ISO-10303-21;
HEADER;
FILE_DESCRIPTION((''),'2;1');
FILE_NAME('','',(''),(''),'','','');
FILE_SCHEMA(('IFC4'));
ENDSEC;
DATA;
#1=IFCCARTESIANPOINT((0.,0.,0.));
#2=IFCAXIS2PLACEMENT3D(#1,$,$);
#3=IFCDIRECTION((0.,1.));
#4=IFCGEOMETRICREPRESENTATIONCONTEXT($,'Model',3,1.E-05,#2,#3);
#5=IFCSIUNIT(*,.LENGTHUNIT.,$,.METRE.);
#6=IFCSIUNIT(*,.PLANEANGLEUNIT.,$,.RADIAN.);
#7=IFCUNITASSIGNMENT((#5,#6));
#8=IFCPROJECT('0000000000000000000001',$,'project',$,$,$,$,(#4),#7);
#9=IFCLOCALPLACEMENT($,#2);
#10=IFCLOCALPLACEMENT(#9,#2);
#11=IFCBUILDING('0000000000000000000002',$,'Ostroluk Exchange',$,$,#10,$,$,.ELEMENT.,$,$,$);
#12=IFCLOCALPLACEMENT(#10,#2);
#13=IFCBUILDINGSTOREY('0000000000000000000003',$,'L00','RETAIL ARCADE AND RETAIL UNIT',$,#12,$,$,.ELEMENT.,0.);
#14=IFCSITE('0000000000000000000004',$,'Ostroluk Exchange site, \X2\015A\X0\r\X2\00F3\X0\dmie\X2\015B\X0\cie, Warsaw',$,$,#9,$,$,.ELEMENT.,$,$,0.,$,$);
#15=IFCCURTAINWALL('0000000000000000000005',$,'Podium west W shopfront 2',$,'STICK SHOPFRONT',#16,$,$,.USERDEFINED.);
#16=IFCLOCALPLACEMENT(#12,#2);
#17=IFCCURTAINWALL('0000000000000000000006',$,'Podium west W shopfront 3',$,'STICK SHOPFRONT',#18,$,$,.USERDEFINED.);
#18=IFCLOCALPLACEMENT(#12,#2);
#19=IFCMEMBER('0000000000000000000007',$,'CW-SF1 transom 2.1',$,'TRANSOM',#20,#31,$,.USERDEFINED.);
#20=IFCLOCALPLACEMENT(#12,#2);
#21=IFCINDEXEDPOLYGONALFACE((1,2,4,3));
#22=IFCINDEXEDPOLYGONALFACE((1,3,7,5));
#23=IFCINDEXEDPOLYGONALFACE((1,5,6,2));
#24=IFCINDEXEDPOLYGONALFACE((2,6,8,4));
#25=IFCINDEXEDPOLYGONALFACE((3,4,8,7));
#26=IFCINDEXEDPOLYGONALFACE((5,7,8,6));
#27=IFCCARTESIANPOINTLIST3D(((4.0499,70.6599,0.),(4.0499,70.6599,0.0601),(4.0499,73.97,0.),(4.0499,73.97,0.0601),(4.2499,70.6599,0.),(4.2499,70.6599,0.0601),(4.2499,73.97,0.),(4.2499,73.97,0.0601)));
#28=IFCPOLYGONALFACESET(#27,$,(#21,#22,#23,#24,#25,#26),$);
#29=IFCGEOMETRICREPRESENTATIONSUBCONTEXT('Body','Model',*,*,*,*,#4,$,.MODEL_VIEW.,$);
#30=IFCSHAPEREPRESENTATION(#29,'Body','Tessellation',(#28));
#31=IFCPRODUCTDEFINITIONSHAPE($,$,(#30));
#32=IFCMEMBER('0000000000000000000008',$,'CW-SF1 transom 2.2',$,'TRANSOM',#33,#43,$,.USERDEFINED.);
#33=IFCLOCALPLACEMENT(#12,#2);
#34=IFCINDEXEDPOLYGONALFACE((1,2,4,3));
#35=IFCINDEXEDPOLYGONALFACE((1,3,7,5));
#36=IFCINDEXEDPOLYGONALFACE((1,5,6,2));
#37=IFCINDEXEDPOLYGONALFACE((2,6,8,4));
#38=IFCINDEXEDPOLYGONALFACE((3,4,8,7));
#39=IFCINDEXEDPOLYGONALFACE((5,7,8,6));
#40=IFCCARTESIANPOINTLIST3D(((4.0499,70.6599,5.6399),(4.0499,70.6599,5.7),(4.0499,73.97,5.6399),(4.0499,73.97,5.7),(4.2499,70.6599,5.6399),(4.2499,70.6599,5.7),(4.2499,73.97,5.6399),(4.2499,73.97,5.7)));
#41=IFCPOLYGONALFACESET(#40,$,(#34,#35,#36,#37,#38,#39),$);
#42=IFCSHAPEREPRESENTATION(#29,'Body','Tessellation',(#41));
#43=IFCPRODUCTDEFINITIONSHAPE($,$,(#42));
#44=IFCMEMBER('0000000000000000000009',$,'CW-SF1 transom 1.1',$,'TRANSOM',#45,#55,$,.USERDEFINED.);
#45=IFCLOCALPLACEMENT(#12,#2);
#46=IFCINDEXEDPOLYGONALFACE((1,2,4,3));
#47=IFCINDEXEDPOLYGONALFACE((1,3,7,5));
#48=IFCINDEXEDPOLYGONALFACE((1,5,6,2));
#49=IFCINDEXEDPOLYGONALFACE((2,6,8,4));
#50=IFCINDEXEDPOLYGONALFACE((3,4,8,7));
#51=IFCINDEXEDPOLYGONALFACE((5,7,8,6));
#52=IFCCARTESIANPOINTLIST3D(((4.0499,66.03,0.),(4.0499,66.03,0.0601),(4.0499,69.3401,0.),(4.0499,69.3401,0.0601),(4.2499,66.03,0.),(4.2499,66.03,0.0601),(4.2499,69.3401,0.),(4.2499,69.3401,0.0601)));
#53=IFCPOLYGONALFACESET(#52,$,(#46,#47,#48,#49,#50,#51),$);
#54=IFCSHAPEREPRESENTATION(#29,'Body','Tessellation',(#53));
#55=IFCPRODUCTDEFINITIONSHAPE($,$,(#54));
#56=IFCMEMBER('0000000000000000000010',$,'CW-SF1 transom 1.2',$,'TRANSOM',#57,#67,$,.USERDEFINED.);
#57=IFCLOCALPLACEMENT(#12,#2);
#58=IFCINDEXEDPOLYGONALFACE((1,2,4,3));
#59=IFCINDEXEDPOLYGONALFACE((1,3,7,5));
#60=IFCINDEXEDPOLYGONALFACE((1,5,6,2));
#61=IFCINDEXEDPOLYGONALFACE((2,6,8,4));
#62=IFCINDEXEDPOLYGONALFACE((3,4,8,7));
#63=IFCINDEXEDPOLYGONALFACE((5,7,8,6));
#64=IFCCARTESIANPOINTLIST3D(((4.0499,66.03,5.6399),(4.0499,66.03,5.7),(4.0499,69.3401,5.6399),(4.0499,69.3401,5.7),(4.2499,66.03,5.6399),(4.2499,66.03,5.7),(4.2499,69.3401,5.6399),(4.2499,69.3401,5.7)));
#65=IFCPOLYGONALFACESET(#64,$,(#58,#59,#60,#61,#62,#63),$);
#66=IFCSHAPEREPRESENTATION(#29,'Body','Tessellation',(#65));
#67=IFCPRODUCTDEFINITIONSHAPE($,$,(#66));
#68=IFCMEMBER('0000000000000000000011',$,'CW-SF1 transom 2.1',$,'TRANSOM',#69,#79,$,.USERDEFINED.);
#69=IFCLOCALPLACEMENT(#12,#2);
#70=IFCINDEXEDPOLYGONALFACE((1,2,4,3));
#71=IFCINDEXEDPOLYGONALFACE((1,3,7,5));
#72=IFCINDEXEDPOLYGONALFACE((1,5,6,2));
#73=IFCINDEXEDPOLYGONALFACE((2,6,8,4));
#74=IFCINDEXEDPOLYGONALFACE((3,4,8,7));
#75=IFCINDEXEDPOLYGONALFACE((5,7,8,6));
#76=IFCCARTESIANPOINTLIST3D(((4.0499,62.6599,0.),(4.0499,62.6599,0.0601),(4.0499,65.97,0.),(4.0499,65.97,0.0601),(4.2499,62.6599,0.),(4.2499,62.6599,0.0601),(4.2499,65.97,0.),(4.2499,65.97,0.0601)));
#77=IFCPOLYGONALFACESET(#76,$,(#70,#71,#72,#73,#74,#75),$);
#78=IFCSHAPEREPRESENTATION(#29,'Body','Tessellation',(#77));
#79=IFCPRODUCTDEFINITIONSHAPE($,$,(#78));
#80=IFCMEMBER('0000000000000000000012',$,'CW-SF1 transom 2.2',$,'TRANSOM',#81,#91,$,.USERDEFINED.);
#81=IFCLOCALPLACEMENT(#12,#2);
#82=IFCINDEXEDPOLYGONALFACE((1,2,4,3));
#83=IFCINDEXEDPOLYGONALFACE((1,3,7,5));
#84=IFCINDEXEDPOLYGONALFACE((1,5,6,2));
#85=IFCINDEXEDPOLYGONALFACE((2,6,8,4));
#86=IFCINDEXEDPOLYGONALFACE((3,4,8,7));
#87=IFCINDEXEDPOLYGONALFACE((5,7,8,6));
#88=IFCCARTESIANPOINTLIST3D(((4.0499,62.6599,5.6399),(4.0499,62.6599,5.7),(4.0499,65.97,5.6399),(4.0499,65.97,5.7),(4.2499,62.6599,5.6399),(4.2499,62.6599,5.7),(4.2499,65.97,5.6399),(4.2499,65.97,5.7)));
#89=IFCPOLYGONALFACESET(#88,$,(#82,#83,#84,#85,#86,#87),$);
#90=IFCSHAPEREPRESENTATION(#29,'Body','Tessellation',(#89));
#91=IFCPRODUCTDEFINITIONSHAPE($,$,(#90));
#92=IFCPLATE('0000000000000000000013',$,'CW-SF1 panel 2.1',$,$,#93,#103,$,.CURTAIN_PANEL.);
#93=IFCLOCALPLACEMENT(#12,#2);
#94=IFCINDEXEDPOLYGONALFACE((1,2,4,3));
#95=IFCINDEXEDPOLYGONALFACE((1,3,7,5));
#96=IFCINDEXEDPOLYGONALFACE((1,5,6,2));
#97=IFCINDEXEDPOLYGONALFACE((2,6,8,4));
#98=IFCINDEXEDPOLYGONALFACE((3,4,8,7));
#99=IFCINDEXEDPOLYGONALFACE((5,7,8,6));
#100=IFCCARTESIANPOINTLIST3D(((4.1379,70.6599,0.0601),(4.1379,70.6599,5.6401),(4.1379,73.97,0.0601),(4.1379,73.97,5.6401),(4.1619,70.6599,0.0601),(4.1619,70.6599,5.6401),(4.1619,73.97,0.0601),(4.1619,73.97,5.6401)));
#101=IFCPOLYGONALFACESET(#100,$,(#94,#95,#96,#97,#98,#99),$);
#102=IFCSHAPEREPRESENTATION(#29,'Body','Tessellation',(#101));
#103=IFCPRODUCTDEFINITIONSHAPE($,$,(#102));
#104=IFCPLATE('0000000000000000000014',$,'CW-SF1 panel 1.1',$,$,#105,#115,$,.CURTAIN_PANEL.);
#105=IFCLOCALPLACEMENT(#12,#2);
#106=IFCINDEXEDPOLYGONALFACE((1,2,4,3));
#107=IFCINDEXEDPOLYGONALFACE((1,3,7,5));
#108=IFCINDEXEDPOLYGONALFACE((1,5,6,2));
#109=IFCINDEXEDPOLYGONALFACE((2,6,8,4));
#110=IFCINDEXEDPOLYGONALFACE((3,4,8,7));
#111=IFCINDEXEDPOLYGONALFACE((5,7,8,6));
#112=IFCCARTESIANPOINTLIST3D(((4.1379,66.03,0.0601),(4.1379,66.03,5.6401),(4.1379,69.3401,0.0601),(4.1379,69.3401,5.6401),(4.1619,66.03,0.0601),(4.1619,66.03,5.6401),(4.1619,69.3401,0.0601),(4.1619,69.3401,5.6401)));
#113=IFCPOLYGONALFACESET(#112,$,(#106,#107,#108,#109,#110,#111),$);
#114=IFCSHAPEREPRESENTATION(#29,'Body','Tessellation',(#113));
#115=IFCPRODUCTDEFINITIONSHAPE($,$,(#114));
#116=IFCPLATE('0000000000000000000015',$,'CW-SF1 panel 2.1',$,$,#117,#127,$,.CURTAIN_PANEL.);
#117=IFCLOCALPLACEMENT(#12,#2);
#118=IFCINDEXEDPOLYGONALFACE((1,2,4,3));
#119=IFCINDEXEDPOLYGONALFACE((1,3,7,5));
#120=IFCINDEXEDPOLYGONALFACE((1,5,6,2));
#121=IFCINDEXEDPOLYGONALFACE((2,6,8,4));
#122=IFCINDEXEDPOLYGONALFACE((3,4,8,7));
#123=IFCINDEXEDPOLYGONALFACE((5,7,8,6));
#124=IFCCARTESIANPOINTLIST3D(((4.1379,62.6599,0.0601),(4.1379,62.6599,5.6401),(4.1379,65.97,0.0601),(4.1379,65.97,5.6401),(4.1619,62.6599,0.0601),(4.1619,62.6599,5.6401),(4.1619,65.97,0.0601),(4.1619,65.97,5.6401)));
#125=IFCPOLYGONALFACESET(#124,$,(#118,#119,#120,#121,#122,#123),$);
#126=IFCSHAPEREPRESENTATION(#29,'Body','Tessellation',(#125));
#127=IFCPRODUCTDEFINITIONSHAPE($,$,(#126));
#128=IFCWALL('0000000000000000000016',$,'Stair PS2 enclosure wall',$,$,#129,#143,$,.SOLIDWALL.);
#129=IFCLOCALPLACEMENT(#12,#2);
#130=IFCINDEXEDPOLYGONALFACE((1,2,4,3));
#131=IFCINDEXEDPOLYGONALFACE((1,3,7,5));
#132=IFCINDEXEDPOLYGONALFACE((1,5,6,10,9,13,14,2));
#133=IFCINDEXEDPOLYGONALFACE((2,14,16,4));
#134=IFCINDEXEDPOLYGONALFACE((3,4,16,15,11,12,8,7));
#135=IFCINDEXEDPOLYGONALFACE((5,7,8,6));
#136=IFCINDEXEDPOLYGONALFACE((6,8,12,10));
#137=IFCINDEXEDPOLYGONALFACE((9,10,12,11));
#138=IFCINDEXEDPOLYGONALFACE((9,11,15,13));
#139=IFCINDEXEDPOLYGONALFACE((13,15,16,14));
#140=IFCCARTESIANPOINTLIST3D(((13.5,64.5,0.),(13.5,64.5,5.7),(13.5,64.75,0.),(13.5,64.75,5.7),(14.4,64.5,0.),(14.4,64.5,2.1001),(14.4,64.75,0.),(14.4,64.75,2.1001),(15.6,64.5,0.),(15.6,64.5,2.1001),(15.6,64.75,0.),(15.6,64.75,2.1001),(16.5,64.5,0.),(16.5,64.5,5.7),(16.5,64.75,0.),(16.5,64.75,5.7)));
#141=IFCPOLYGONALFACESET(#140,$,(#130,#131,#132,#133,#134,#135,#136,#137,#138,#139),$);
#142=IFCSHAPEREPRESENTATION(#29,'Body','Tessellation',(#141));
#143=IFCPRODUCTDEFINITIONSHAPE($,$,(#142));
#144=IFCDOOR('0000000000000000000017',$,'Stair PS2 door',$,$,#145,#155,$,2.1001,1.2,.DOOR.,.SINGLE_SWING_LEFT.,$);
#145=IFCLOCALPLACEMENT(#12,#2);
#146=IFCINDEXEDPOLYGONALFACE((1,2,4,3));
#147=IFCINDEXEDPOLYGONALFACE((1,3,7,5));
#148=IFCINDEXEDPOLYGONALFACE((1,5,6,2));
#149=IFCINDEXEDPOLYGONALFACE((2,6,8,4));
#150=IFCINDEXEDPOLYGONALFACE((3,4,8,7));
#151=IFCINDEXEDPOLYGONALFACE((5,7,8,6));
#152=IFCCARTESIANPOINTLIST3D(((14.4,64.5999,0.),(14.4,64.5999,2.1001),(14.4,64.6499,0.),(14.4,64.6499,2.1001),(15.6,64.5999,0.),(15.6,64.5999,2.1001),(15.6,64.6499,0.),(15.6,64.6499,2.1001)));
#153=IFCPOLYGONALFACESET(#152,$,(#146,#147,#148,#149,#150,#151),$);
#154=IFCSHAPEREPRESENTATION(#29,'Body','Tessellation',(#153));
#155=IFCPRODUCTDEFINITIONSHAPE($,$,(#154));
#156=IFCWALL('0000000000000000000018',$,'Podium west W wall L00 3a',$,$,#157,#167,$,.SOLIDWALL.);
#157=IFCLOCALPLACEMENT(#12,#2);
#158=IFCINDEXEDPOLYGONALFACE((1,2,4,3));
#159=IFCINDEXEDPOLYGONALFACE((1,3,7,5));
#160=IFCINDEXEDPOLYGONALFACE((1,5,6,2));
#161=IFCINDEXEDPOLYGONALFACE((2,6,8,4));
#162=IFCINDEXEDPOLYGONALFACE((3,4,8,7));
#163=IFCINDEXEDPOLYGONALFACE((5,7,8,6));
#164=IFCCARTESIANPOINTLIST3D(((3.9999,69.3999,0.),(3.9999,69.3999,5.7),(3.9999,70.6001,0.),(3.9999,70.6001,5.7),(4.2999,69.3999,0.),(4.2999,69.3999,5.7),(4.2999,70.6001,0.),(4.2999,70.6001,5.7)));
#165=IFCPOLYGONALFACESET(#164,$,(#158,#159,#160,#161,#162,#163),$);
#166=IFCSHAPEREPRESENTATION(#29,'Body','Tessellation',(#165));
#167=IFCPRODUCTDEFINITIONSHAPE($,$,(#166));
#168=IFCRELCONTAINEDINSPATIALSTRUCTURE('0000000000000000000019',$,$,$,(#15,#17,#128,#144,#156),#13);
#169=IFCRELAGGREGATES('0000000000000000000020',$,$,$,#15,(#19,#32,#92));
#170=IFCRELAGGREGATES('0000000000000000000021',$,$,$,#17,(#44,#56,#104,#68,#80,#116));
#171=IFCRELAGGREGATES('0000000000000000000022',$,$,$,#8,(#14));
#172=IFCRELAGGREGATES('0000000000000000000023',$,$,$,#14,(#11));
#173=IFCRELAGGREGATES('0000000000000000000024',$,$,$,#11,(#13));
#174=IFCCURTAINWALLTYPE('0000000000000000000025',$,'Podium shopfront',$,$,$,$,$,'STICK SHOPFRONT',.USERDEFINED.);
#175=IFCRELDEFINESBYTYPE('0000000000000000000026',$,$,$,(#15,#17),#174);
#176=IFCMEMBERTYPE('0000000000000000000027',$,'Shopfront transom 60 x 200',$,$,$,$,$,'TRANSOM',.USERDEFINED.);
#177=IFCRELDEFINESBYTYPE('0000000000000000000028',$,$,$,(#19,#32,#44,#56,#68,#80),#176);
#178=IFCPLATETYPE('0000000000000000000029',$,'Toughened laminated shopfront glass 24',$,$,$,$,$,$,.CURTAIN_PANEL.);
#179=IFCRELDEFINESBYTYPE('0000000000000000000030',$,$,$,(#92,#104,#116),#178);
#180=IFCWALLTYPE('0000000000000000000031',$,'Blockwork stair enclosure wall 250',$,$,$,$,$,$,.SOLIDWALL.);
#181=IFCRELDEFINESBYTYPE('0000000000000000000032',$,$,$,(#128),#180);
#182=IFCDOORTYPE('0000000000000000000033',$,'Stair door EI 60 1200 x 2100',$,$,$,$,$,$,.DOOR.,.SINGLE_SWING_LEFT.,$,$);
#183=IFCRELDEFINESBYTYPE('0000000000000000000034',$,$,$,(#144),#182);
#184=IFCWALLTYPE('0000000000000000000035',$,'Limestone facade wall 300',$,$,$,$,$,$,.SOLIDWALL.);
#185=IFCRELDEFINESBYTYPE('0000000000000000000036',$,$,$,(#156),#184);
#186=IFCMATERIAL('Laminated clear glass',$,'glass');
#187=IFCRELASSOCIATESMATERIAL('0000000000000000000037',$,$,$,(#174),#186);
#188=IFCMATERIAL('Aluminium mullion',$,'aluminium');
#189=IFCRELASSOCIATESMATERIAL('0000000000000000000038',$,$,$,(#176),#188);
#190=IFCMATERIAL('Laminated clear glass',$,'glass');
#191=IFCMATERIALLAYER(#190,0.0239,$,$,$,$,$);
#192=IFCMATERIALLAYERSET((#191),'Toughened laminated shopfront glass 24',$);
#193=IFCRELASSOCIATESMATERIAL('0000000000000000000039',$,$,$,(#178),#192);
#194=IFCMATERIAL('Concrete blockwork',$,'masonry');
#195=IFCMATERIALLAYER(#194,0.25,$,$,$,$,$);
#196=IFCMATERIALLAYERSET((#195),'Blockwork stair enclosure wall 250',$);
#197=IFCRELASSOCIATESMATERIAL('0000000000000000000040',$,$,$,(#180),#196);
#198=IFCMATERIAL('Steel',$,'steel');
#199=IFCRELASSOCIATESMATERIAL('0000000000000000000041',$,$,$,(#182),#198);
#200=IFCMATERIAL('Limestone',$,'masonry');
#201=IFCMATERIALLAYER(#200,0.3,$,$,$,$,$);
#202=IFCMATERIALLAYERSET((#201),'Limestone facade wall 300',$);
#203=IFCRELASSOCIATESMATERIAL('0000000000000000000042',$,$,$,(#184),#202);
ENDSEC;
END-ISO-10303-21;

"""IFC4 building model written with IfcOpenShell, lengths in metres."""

from ifc_helpers import new_model, si_unit, direction, frame, frame_2d, origin, origin_2d, place, context, subcontext, project, spatial, rectangle, extrude, material, layer, layer_set, material_profile, profile_set, type_object, element, fill, aggregate, save


model = new_model("IFC4")

# Units and contexts
model_context = context("Model", 3, precision=1e-05, world=origin(), true_north=direction((0.0, 1.0)))
body_context = subcontext(model_context, "Body", "Model", "MODEL_VIEW")
ifc_project = project(units=[si_unit("LENGTHUNIT", "METRE"), si_unit("PLANEANGLEUNIT", "RADIAN")], contexts=[model_context])

# Site, building, storey
site_placement = place(None, origin())
site = spatial("IfcSite", under=ifc_project, at=site_placement, Name="Ostroluk Exchange site, Śródmieście, Warsaw", CompositionType="ELEMENT", RefElevation=0.0)
building_placement = place(site_placement, origin())
building = spatial("IfcBuilding", under=site, at=building_placement, Name="Ostroluk Exchange", CompositionType="ELEMENT")
storey_placement = place(building_placement, origin())
storey = spatial("IfcBuildingStorey", under=building, at=storey_placement, Name="L00", Description="RETAIL ARCADE AND RETAIL UNIT", CompositionType="ELEMENT", Elevation=0.0)

# Curtain wall
ifc_material_1 = material(Name="Laminated clear glass", Category="glass")
curtain_wall_type = type_object("IfcCurtainWallType", Name="Podium shopfront", ElementType="STICK SHOPFRONT", PredefinedType="USERDEFINED", material=ifc_material_1)
curtain_wall_1_placement = place(storey_placement, origin())
curtain_wall_1 = element("IfcCurtainWall", 1, at=curtain_wall_1_placement, inside=storey, type_object=curtain_wall_type, Name="Podium west W shopfront 2", ObjectType="STICK SHOPFRONT", PredefinedType="USERDEFINED")

# Curtain wall
curtain_wall_2_placement = place(storey_placement, origin())
curtain_wall_2 = element("IfcCurtainWall", 2, at=curtain_wall_2_placement, inside=storey, type_object=curtain_wall_type, Name="Podium west W shopfront 3", ObjectType="STICK SHOPFRONT", PredefinedType="USERDEFINED")

# Members
ifc_material_2 = material(Name="Aluminium mullion", Category="aluminium")
ifc_material_profile_1 = material_profile(ifc_material_2, rectangle(XDim=0.2, YDim=0.0601, at=origin_2d()), Name="Shopfront transom 60 x 200")
ifc_profile_set_1 = profile_set([ifc_material_profile_1], Name="Aluminium mullion")
member_type_1 = type_object("IfcMemberType", Name="Shopfront transom 60 x 200", ElementType="TRANSOM", PredefinedType="USERDEFINED", material=ifc_profile_set_1)
member_1_placement = place(storey_placement, frame((4.1499, 73.97, 0.03), z_axis=(0.0, -1.0, 0.0), x_axis=(1.0, 0.0, 0.0)))
member_1 = element("IfcMember", 3, at=member_1_placement, type_object=member_type_1, Name="CW-SF1 transom 2.1", ObjectType="TRANSOM", PredefinedType="USERDEFINED", context=body_context, shape_type="SweptSolid", body=[
    extrude(rectangle(XDim=0.2, YDim=0.0601, at=origin_2d()), origin(), (0.0, 0.0, 1.0), 3.3101),
])
member_2_placement = place(storey_placement, frame((4.1499, 73.97, 5.6699), z_axis=(0.0, -1.0, 0.0), x_axis=(1.0, 0.0, 0.0)))
member_2 = element("IfcMember", 4, at=member_2_placement, type_object=member_type_1, Name="CW-SF1 transom 2.2", ObjectType="TRANSOM", PredefinedType="USERDEFINED", context=body_context, shape_type="SweptSolid", body=[
    extrude(rectangle(XDim=0.2, YDim=0.0601, at=origin_2d()), origin(), (0.0, 0.0, 1.0), 3.3101),
])
member_3_placement = place(storey_placement, frame((4.1499, 69.3401, 0.03), z_axis=(0.0, -1.0, 0.0), x_axis=(1.0, 0.0, 0.0)))
member_3 = element("IfcMember", 5, at=member_3_placement, type_object=member_type_1, Name="CW-SF1 transom 1.1", ObjectType="TRANSOM", PredefinedType="USERDEFINED", context=body_context, shape_type="SweptSolid", body=[
    extrude(rectangle(XDim=0.2, YDim=0.0601, at=origin_2d()), origin(), (0.0, 0.0, 1.0), 3.3101),
])
member_4_placement = place(storey_placement, frame((4.1499, 69.3401, 5.6699), z_axis=(0.0, -1.0, 0.0), x_axis=(1.0, 0.0, 0.0)))
member_4 = element("IfcMember", 6, at=member_4_placement, type_object=member_type_1, Name="CW-SF1 transom 1.2", ObjectType="TRANSOM", PredefinedType="USERDEFINED", context=body_context, shape_type="SweptSolid", body=[
    extrude(rectangle(XDim=0.2, YDim=0.0601, at=origin_2d()), origin(), (0.0, 0.0, 1.0), 3.3101),
])
member_5_placement = place(storey_placement, frame((4.1499, 65.97, 0.03), z_axis=(0.0, -1.0, 0.0), x_axis=(1.0, 0.0, 0.0)))
member_5 = element("IfcMember", 7, at=member_5_placement, type_object=member_type_1, Name="CW-SF1 transom 2.1", ObjectType="TRANSOM", PredefinedType="USERDEFINED", context=body_context, shape_type="SweptSolid", body=[
    extrude(rectangle(XDim=0.2, YDim=0.0601, at=origin_2d()), origin(), (0.0, 0.0, 1.0), 3.3101),
])
member_6_placement = place(storey_placement, frame((4.1499, 65.97, 5.6699), z_axis=(0.0, -1.0, 0.0), x_axis=(1.0, 0.0, 0.0)))
member_6 = element("IfcMember", 8, at=member_6_placement, type_object=member_type_1, Name="CW-SF1 transom 2.2", ObjectType="TRANSOM", PredefinedType="USERDEFINED", context=body_context, shape_type="SweptSolid", body=[
    extrude(rectangle(XDim=0.2, YDim=0.0601, at=origin_2d()), origin(), (0.0, 0.0, 1.0), 3.3101),
])

# Plates
ifc_material_3 = material(Name="Laminated clear glass", Category="glass")
ifc_layer_1 = layer(ifc_material_3, 0.0239)
ifc_layer_set_1 = layer_set([ifc_layer_1], Name="Toughened laminated shopfront glass 24")
plate_type = type_object("IfcPlateType", Name="Toughened laminated shopfront glass 24", PredefinedType="CURTAIN_PANEL", material=ifc_layer_set_1)
plate_1_placement = place(storey_placement, frame((4.1499, 72.3149, 0.0601), z_axis=(0.0, 0.0, 1.0), x_axis=(0.0, -1.0, 0.0)))
plate_1 = element("IfcPlate", 9, at=plate_1_placement, type_object=plate_type, Name="CW-SF1 panel 2.1", PredefinedType="CURTAIN_PANEL", context=body_context, shape_type="SweptSolid", body=[
    extrude(rectangle(XDim=3.3101, YDim=0.0239, at=origin_2d()), origin(), (0.0, 0.0, 1.0), 5.5801),
])
aggregate(curtain_wall_1, [member_1, member_2, plate_1])
plate_2_placement = place(storey_placement, frame((4.1499, 67.6851, 0.0601), z_axis=(0.0, 0.0, 1.0), x_axis=(0.0, -1.0, 0.0)))
plate_2 = element("IfcPlate", 10, at=plate_2_placement, type_object=plate_type, Name="CW-SF1 panel 1.1", PredefinedType="CURTAIN_PANEL", context=body_context, shape_type="SweptSolid", body=[
    extrude(rectangle(XDim=3.3101, YDim=0.0239, at=origin_2d()), origin(), (0.0, 0.0, 1.0), 5.5801),
])
plate_3_placement = place(storey_placement, frame((4.1499, 64.3149, 0.0601), z_axis=(0.0, 0.0, 1.0), x_axis=(0.0, -1.0, 0.0)))
plate_3 = element("IfcPlate", 11, at=plate_3_placement, type_object=plate_type, Name="CW-SF1 panel 2.1", PredefinedType="CURTAIN_PANEL", context=body_context, shape_type="SweptSolid", body=[
    extrude(rectangle(XDim=3.3101, YDim=0.0239, at=origin_2d()), origin(), (0.0, 0.0, 1.0), 5.5801),
])
aggregate(curtain_wall_2, [member_3, member_4, plate_2, member_5, member_6, plate_3])

# Wall, opening, door
ifc_material_4 = material(Name="Concrete blockwork", Category="masonry")
ifc_layer_2 = layer(ifc_material_4, 0.25)
ifc_layer_set_2 = layer_set([ifc_layer_2], Name="Blockwork stair enclosure wall 250")
wall_type_1 = type_object("IfcWallType", Name="Blockwork stair enclosure wall 250", PredefinedType="SOLIDWALL", material=ifc_layer_set_2)
wall_1_placement = place(storey_placement, frame((13.5, 64.625, 0.0), z_axis=(0.0, 0.0, 1.0), x_axis=(1.0, 0.0, 0.0)))
wall_1 = element("IfcWall", 12, at=wall_1_placement, inside=storey, type_object=wall_type_1, Name="Stair PS2 enclosure wall", PredefinedType="SOLIDWALL", context=body_context, shape_type="SweptSolid", body=[
    extrude(rectangle(XDim=3.0, YDim=0.25, at=frame_2d((1.5, 0.0))), origin(), (0.0, 0.0, 1.0), 5.7),
])
opening_1_placement = place(wall_1_placement, frame((0.8999, 0.0, 0.0)))
opening_1 = element("IfcOpeningElement", 13, at=opening_1_placement, cuts=wall_1, PredefinedType="OPENING", context=body_context, shape_type="SweptSolid", body=[
    extrude(rectangle(XDim=1.2, YDim=2.1001, at=frame_2d((0.6001, 1.05))), frame((0.0, 0.135, 0.0), z_axis=(0.0, -1.0, 0.0), x_axis=(1.0, 0.0, 0.0)), (0.0, 0.0, 1.0), 0.27),
])
ifc_material_5 = material(Name="Steel", Category="steel")
door_type_1 = type_object("IfcDoorType", Name="Stair door EI 60 1200 x 2100", OperationType="SINGLE_SWING_LEFT", PredefinedType="DOOR", material=ifc_material_5)
door_1_placement = place(opening_1_placement, origin())
door_1 = element("IfcDoor", 14, at=door_1_placement, inside=storey, type_object=door_type_1, Name="Stair PS2 door", OperationType="SINGLE_SWING_LEFT", OverallHeight=2.1001, OverallWidth=1.2, PredefinedType="DOOR", context=body_context, shape_type="SweptSolid", body=[
    extrude(rectangle(XDim=1.2, YDim=2.1001, at=frame_2d((0.6001, 1.05))), frame((0.0, 0.0249, 0.0), z_axis=(0.0, -1.0, 0.0), x_axis=(1.0, 0.0, 0.0)), (0.0, 0.0, 1.0), 0.05),
])
fill(opening_1, door_1)

# Wall
ifc_material_6 = material(Name="Limestone", Category="masonry")
ifc_layer_3 = layer(ifc_material_6, 0.3)
ifc_layer_set_3 = layer_set([ifc_layer_3], Name="Limestone facade wall 300")
wall_type_2 = type_object("IfcWallType", Name="Limestone facade wall 300", PredefinedType="SOLIDWALL", material=ifc_layer_set_3)
wall_2_placement = place(storey_placement, frame((4.1499, 70.6001, 0.0), z_axis=(0.0, 0.0, 1.0), x_axis=(0.0, -1.0, 0.0)))
element("IfcWall", 15, at=wall_2_placement, inside=storey, type_object=wall_type_2, Name="Podium west W wall L00 3a", PredefinedType="SOLIDWALL", context=body_context, shape_type="SweptSolid", body=[
    extrude(rectangle(XDim=1.2002, YDim=0.3, at=frame_2d((0.6001, 0.0))), origin(), (0.0, 0.0, 1.0), 5.7),
])

save(model, "model.ifc")
